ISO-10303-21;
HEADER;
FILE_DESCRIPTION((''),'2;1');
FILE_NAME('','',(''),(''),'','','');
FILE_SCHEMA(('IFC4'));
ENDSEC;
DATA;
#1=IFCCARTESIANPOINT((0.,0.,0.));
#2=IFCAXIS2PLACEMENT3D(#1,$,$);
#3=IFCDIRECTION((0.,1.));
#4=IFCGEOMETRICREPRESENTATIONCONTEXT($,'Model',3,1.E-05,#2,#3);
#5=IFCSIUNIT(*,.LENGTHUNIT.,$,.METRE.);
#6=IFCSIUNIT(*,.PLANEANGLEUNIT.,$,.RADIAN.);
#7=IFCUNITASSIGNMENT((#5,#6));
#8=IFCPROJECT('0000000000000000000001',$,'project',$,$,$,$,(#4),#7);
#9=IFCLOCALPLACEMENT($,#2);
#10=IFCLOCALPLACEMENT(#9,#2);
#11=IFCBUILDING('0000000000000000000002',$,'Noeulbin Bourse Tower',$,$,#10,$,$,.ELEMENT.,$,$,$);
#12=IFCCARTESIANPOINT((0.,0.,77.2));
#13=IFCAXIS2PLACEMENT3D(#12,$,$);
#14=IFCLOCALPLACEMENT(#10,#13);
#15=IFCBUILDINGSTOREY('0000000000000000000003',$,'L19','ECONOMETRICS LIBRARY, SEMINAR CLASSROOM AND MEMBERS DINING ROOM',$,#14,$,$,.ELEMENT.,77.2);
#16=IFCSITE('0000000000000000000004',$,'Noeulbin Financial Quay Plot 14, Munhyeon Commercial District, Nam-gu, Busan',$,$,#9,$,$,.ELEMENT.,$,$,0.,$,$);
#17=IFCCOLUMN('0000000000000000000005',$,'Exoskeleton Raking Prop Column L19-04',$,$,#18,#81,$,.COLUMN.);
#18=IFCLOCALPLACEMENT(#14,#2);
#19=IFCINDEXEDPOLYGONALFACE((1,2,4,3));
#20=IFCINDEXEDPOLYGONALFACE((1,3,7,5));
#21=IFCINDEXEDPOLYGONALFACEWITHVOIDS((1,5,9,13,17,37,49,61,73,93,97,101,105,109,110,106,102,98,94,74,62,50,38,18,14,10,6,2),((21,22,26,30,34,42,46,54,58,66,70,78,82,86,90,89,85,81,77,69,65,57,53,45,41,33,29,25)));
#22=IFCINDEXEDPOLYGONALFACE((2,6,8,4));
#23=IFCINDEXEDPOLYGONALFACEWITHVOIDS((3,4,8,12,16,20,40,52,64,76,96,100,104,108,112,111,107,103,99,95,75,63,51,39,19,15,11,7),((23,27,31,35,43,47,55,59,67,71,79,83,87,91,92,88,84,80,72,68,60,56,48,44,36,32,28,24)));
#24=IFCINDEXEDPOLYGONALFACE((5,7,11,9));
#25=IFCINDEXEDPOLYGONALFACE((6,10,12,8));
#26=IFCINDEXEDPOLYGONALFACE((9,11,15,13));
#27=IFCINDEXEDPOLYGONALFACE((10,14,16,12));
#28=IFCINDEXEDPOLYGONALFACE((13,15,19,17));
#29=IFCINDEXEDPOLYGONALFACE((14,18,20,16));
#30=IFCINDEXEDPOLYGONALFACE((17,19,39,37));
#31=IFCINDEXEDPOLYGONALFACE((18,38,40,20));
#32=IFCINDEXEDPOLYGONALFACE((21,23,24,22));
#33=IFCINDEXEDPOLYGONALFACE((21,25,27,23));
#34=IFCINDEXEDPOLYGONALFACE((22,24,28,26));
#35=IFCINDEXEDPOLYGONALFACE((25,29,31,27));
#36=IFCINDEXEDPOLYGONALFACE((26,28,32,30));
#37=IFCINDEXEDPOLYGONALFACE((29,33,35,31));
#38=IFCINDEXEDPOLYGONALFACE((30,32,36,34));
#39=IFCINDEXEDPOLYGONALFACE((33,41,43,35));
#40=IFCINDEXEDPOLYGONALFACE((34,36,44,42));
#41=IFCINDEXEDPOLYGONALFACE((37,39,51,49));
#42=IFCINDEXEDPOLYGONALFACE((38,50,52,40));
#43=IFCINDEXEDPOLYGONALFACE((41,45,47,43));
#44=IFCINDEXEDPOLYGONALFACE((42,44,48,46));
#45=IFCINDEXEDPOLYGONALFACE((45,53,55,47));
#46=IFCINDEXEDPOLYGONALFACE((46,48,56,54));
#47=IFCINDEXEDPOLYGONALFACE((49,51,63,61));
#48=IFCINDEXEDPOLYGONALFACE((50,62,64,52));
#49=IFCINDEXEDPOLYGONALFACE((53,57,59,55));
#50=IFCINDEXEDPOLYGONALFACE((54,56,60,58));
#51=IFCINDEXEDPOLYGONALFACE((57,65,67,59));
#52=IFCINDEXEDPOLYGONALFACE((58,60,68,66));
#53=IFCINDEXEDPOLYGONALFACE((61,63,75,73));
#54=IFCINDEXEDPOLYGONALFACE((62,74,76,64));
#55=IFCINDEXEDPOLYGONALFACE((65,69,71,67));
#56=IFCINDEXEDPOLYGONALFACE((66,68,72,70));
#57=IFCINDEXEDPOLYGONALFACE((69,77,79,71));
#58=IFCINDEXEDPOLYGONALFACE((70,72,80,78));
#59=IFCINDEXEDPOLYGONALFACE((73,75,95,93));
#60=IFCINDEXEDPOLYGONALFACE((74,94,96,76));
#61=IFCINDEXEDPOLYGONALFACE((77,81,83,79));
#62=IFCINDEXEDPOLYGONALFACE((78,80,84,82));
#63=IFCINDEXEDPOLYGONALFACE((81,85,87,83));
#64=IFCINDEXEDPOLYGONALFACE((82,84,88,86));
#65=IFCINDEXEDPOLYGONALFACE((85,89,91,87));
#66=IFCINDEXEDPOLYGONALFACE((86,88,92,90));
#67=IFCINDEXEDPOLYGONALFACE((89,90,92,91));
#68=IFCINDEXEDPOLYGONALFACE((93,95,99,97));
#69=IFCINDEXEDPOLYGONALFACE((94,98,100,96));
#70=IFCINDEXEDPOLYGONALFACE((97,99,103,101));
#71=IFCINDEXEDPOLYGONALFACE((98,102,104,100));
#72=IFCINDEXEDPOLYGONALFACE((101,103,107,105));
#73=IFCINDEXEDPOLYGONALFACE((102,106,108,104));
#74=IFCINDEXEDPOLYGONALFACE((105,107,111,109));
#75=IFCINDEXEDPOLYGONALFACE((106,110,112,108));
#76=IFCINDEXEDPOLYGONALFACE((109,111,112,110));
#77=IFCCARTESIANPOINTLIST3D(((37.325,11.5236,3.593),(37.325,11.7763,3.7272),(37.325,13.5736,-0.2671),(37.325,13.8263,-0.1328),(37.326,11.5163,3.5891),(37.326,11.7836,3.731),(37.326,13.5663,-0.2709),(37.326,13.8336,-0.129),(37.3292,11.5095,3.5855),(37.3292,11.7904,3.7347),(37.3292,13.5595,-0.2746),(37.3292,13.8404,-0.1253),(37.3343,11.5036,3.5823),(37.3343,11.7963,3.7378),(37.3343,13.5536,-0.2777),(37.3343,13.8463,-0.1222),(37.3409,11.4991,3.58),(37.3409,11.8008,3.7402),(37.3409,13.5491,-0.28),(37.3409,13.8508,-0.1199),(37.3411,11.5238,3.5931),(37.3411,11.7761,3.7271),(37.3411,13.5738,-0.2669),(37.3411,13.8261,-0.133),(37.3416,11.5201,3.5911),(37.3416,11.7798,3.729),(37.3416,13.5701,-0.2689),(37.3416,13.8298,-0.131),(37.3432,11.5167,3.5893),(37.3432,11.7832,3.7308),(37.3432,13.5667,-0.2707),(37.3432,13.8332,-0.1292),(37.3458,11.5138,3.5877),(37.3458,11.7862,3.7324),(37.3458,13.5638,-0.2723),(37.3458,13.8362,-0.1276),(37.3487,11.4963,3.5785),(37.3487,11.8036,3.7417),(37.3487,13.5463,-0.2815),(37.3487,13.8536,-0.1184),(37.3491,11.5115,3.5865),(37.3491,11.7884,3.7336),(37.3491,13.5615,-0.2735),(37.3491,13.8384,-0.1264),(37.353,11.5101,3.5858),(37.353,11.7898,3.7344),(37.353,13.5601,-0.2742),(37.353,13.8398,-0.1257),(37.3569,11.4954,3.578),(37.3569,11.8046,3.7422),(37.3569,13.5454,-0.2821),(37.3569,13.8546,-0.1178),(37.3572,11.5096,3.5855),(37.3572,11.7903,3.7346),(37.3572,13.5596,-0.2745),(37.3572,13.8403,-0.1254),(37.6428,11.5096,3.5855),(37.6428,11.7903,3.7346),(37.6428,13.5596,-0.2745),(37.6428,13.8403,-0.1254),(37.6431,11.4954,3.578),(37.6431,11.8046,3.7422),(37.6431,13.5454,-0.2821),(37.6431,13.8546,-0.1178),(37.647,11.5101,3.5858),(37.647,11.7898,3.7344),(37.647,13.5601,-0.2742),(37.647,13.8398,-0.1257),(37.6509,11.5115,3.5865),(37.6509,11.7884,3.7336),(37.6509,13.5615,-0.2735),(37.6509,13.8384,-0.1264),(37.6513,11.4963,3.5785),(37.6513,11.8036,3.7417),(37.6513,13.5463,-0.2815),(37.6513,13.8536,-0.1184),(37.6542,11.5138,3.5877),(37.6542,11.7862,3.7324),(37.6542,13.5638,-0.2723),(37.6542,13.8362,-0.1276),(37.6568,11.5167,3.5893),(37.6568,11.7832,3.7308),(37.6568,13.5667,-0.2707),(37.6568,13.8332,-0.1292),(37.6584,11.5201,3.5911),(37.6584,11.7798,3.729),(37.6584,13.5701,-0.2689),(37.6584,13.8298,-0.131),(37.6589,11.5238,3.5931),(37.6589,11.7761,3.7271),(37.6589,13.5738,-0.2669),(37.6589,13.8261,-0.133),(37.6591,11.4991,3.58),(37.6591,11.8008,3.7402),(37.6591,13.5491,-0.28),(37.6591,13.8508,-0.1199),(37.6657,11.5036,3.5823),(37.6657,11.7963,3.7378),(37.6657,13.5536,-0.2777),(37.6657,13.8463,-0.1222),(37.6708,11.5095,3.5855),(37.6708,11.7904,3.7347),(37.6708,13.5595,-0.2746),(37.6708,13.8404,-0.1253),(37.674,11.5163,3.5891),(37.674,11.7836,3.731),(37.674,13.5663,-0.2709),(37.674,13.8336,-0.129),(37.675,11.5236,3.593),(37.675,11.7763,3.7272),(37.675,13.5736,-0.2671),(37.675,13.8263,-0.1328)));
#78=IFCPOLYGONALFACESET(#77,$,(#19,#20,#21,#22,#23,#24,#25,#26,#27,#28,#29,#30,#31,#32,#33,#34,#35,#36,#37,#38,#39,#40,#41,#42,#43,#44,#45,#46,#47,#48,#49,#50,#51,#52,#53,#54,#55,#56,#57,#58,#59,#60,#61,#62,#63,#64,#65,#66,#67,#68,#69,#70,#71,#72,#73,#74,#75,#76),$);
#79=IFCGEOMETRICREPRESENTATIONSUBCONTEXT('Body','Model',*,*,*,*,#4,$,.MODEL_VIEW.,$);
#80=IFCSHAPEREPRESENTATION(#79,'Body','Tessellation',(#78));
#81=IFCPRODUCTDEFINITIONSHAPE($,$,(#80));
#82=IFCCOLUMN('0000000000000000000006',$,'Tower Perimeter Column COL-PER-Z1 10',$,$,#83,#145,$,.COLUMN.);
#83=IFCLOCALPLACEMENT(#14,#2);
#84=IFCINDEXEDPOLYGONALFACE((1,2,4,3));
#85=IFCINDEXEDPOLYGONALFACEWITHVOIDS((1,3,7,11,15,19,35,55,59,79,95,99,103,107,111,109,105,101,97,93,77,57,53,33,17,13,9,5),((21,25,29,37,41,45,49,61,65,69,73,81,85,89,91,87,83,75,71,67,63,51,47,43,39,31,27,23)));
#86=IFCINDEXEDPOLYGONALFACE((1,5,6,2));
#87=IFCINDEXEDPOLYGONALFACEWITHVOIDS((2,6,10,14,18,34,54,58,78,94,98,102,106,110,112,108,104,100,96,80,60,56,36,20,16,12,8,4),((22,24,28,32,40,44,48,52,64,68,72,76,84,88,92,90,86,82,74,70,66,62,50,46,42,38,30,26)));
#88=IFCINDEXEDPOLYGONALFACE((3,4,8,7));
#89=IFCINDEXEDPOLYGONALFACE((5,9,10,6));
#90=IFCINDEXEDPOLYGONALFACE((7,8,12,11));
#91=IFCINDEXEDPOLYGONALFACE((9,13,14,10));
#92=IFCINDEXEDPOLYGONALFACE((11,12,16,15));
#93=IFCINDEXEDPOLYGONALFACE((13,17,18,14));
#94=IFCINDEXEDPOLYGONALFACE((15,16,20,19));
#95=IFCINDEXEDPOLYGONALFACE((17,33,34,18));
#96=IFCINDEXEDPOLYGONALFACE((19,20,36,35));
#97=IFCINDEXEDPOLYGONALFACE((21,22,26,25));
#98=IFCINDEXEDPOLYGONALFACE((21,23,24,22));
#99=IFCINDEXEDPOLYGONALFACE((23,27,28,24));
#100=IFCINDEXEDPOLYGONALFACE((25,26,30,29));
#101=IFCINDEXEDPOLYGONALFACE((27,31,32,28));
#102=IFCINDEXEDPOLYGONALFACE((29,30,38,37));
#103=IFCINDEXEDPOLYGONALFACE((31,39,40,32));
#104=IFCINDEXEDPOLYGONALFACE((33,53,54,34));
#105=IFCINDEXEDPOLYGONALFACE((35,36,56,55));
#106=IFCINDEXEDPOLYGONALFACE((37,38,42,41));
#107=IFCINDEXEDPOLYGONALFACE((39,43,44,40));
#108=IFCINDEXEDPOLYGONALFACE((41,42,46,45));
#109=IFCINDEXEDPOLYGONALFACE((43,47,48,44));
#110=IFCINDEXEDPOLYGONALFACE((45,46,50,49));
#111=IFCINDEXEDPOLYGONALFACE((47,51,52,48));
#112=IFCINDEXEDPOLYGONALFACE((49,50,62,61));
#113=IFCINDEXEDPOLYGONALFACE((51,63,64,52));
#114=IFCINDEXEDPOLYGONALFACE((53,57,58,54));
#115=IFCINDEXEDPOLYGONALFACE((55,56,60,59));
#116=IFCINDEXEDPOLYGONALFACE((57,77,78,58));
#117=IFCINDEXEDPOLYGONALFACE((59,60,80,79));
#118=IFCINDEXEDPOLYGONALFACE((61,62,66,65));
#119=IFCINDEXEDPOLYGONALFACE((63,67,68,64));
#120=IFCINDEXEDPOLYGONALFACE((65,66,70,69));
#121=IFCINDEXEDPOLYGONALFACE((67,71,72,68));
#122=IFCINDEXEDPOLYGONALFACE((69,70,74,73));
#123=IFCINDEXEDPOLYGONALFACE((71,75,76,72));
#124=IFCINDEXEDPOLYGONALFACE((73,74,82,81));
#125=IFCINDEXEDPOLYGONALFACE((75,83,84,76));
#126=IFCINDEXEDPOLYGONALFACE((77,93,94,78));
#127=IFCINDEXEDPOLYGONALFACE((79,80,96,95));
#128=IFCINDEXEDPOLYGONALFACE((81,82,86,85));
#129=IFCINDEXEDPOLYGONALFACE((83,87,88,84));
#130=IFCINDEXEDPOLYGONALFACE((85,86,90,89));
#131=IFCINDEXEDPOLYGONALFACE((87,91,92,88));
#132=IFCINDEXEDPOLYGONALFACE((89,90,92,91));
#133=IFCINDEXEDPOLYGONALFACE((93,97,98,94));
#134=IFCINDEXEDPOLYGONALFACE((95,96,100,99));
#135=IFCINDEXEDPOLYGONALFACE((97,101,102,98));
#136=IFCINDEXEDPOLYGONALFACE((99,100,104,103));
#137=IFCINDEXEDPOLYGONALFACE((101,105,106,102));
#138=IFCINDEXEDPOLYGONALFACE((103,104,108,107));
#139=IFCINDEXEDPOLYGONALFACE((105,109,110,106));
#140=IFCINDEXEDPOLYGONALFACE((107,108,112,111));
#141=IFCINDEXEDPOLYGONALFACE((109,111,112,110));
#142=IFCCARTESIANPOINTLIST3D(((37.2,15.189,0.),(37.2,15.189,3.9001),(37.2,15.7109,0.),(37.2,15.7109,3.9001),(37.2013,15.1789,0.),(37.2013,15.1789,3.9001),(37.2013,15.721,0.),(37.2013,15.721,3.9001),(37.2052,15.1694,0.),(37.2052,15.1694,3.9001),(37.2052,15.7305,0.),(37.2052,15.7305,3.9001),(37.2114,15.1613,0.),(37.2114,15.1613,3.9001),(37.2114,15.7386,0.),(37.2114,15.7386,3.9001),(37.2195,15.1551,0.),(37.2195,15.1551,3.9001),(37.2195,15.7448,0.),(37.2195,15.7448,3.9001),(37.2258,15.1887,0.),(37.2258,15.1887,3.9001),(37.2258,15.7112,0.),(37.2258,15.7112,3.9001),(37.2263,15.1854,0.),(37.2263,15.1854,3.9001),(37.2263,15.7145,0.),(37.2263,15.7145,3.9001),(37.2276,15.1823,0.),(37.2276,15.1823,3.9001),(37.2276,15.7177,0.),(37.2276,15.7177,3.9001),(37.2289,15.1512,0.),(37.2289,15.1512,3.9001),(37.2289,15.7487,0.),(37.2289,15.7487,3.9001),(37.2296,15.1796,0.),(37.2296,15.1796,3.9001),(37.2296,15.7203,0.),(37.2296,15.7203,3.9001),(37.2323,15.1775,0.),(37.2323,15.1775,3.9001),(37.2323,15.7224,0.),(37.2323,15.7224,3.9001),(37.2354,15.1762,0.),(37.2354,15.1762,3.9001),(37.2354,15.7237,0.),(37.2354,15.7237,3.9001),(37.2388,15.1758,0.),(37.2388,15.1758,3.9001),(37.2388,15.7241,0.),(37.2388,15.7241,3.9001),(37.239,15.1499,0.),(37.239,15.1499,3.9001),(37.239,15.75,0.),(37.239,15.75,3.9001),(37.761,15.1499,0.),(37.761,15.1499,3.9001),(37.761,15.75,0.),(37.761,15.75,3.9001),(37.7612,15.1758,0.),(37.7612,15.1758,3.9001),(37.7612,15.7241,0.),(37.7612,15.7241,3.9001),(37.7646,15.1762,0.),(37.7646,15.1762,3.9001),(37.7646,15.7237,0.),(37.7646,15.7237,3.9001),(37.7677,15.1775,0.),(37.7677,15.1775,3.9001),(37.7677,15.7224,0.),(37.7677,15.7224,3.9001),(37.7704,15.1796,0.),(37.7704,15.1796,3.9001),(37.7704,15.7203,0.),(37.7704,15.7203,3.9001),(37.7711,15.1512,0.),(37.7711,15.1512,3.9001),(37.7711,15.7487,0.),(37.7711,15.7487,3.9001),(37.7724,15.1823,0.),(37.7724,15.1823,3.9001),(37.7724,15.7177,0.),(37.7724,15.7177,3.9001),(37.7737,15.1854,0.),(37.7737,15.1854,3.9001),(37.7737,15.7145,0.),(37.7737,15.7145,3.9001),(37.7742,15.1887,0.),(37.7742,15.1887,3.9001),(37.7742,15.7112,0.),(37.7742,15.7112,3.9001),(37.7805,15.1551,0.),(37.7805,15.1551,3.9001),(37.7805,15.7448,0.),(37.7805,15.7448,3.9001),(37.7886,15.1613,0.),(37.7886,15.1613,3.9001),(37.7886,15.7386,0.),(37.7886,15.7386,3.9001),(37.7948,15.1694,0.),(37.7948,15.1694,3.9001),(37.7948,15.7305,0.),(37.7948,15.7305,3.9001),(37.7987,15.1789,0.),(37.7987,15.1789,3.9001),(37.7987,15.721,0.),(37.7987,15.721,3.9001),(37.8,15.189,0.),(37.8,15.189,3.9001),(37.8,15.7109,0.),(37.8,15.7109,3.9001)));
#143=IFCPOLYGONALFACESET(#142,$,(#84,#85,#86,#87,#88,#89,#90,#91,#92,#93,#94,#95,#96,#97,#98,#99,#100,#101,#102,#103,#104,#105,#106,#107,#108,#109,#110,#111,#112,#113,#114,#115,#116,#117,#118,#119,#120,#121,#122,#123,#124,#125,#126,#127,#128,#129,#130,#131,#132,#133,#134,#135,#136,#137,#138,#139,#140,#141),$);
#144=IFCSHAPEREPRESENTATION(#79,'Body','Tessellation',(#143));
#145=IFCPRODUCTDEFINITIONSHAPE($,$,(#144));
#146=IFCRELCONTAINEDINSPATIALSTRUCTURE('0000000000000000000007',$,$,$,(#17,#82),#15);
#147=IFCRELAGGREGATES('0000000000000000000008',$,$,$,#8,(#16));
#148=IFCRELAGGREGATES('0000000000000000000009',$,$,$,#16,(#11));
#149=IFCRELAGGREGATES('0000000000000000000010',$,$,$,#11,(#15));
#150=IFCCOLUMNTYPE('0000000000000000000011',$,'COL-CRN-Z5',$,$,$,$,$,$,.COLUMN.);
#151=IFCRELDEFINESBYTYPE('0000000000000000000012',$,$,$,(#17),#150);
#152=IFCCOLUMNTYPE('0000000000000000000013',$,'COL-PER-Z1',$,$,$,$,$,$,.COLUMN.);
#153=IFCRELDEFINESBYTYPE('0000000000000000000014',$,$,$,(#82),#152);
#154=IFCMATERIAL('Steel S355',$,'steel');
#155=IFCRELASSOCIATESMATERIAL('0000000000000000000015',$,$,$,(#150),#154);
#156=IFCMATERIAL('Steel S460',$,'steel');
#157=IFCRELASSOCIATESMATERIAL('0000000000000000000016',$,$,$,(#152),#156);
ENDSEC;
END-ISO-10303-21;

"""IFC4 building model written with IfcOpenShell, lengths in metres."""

from ifc_helpers import new_model, si_unit, direction, frame, origin, origin_2d, place, context, subcontext, project, spatial, hollow_rectangle, extrude, material, material_profile, profile_set, type_object, element, save


model = new_model("IFC4")

# Units and contexts
model_context = context("Model", 3, precision=1e-05, world=origin(), true_north=direction((0.0, 1.0)))
body_context = subcontext(model_context, "Body", "Model", "MODEL_VIEW")
ifc_project = project(units=[si_unit("LENGTHUNIT", "METRE"), si_unit("PLANEANGLEUNIT", "RADIAN")], contexts=[model_context])

# Site, building, storey
site_placement = place(None, origin())
site = spatial("IfcSite", under=ifc_project, at=site_placement, Name="Noeulbin Financial Quay Plot 14, Munhyeon Commercial District, Nam-gu, Busan", CompositionType="ELEMENT", RefElevation=0.0)
building_placement = place(site_placement, origin())
building = spatial("IfcBuilding", under=site, at=building_placement, Name="Noeulbin Bourse Tower", CompositionType="ELEMENT")
storey_placement = place(building_placement, frame((0.0, 0.0, 77.2)))
storey = spatial("IfcBuildingStorey", under=building, at=storey_placement, Name="L19", Description="ECONOMETRICS LIBRARY, SEMINAR CLASSROOM AND MEMBERS DINING ROOM", CompositionType="ELEMENT", Elevation=77.2)

# Columns
ifc_material_1 = material(Name="Steel S355", Category="steel")
ifc_material_profile_1 = material_profile(ifc_material_1, hollow_rectangle(XDim=0.3501, YDim=0.3501, WallThickness=0.0161, InnerFilletRadius=0.0161, OuterFilletRadius=0.032, at=origin_2d()), Name="SHS-350x350x16", Category="LoadBearing")
ifc_profile_set_1 = profile_set([ifc_material_profile_1], Name="Steel S355")
column_type_1 = type_object("IfcColumnType", Name="COL-CRN-Z5", PredefinedType="COLUMN", material=ifc_profile_set_1)
column_1_placement = place(storey_placement, frame((37.5, 13.7, -0.2), z_axis=(0.0, -0.469042, 0.883176), x_axis=(1.0, 0.0, 0.0)))
element("IfcColumn", 1, at=column_1_placement, inside=storey, type_object=column_type_1, Name="Exoskeleton Raking Prop Column L19-04", PredefinedType="COLUMN", context=body_context, shape_type="SweptSolid", body=[
    extrude(hollow_rectangle(XDim=0.3501, YDim=0.3501, WallThickness=0.0161, InnerFilletRadius=0.0161, OuterFilletRadius=0.032, at=origin_2d()), origin(), (0.0, 0.0, 1.0), 4.3706),
])
ifc_material_2 = material(Name="Steel S460", Category="steel")
ifc_material_profile_2 = material_profile(ifc_material_2, hollow_rectangle(XDim=0.6001, YDim=0.6001, WallThickness=0.0259, InnerFilletRadius=0.0129, OuterFilletRadius=0.0391, at=origin_2d()), Name="BOX-600x600x26", Category="LoadBearing")
ifc_profile_set_2 = profile_set([ifc_material_profile_2], Name="Steel S460")
column_type_2 = type_object("IfcColumnType", Name="COL-PER-Z1", PredefinedType="COLUMN", material=ifc_profile_set_2)
column_2_placement = place(storey_placement, frame((37.5, 15.45, 0.0), z_axis=(0.0, 0.0, 1.0), x_axis=(1.0, 0.0, 0.0)))
element("IfcColumn", 2, at=column_2_placement, inside=storey, type_object=column_type_2, Name="Tower Perimeter Column COL-PER-Z1 10", PredefinedType="COLUMN", context=body_context, shape_type="SweptSolid", body=[
    extrude(hollow_rectangle(XDim=0.6001, YDim=0.6001, WallThickness=0.0259, InnerFilletRadius=0.0129, OuterFilletRadius=0.0391, at=origin_2d()), origin(), (0.0, 0.0, 1.0), 3.9001),
])

save(model, "model.ifc")
